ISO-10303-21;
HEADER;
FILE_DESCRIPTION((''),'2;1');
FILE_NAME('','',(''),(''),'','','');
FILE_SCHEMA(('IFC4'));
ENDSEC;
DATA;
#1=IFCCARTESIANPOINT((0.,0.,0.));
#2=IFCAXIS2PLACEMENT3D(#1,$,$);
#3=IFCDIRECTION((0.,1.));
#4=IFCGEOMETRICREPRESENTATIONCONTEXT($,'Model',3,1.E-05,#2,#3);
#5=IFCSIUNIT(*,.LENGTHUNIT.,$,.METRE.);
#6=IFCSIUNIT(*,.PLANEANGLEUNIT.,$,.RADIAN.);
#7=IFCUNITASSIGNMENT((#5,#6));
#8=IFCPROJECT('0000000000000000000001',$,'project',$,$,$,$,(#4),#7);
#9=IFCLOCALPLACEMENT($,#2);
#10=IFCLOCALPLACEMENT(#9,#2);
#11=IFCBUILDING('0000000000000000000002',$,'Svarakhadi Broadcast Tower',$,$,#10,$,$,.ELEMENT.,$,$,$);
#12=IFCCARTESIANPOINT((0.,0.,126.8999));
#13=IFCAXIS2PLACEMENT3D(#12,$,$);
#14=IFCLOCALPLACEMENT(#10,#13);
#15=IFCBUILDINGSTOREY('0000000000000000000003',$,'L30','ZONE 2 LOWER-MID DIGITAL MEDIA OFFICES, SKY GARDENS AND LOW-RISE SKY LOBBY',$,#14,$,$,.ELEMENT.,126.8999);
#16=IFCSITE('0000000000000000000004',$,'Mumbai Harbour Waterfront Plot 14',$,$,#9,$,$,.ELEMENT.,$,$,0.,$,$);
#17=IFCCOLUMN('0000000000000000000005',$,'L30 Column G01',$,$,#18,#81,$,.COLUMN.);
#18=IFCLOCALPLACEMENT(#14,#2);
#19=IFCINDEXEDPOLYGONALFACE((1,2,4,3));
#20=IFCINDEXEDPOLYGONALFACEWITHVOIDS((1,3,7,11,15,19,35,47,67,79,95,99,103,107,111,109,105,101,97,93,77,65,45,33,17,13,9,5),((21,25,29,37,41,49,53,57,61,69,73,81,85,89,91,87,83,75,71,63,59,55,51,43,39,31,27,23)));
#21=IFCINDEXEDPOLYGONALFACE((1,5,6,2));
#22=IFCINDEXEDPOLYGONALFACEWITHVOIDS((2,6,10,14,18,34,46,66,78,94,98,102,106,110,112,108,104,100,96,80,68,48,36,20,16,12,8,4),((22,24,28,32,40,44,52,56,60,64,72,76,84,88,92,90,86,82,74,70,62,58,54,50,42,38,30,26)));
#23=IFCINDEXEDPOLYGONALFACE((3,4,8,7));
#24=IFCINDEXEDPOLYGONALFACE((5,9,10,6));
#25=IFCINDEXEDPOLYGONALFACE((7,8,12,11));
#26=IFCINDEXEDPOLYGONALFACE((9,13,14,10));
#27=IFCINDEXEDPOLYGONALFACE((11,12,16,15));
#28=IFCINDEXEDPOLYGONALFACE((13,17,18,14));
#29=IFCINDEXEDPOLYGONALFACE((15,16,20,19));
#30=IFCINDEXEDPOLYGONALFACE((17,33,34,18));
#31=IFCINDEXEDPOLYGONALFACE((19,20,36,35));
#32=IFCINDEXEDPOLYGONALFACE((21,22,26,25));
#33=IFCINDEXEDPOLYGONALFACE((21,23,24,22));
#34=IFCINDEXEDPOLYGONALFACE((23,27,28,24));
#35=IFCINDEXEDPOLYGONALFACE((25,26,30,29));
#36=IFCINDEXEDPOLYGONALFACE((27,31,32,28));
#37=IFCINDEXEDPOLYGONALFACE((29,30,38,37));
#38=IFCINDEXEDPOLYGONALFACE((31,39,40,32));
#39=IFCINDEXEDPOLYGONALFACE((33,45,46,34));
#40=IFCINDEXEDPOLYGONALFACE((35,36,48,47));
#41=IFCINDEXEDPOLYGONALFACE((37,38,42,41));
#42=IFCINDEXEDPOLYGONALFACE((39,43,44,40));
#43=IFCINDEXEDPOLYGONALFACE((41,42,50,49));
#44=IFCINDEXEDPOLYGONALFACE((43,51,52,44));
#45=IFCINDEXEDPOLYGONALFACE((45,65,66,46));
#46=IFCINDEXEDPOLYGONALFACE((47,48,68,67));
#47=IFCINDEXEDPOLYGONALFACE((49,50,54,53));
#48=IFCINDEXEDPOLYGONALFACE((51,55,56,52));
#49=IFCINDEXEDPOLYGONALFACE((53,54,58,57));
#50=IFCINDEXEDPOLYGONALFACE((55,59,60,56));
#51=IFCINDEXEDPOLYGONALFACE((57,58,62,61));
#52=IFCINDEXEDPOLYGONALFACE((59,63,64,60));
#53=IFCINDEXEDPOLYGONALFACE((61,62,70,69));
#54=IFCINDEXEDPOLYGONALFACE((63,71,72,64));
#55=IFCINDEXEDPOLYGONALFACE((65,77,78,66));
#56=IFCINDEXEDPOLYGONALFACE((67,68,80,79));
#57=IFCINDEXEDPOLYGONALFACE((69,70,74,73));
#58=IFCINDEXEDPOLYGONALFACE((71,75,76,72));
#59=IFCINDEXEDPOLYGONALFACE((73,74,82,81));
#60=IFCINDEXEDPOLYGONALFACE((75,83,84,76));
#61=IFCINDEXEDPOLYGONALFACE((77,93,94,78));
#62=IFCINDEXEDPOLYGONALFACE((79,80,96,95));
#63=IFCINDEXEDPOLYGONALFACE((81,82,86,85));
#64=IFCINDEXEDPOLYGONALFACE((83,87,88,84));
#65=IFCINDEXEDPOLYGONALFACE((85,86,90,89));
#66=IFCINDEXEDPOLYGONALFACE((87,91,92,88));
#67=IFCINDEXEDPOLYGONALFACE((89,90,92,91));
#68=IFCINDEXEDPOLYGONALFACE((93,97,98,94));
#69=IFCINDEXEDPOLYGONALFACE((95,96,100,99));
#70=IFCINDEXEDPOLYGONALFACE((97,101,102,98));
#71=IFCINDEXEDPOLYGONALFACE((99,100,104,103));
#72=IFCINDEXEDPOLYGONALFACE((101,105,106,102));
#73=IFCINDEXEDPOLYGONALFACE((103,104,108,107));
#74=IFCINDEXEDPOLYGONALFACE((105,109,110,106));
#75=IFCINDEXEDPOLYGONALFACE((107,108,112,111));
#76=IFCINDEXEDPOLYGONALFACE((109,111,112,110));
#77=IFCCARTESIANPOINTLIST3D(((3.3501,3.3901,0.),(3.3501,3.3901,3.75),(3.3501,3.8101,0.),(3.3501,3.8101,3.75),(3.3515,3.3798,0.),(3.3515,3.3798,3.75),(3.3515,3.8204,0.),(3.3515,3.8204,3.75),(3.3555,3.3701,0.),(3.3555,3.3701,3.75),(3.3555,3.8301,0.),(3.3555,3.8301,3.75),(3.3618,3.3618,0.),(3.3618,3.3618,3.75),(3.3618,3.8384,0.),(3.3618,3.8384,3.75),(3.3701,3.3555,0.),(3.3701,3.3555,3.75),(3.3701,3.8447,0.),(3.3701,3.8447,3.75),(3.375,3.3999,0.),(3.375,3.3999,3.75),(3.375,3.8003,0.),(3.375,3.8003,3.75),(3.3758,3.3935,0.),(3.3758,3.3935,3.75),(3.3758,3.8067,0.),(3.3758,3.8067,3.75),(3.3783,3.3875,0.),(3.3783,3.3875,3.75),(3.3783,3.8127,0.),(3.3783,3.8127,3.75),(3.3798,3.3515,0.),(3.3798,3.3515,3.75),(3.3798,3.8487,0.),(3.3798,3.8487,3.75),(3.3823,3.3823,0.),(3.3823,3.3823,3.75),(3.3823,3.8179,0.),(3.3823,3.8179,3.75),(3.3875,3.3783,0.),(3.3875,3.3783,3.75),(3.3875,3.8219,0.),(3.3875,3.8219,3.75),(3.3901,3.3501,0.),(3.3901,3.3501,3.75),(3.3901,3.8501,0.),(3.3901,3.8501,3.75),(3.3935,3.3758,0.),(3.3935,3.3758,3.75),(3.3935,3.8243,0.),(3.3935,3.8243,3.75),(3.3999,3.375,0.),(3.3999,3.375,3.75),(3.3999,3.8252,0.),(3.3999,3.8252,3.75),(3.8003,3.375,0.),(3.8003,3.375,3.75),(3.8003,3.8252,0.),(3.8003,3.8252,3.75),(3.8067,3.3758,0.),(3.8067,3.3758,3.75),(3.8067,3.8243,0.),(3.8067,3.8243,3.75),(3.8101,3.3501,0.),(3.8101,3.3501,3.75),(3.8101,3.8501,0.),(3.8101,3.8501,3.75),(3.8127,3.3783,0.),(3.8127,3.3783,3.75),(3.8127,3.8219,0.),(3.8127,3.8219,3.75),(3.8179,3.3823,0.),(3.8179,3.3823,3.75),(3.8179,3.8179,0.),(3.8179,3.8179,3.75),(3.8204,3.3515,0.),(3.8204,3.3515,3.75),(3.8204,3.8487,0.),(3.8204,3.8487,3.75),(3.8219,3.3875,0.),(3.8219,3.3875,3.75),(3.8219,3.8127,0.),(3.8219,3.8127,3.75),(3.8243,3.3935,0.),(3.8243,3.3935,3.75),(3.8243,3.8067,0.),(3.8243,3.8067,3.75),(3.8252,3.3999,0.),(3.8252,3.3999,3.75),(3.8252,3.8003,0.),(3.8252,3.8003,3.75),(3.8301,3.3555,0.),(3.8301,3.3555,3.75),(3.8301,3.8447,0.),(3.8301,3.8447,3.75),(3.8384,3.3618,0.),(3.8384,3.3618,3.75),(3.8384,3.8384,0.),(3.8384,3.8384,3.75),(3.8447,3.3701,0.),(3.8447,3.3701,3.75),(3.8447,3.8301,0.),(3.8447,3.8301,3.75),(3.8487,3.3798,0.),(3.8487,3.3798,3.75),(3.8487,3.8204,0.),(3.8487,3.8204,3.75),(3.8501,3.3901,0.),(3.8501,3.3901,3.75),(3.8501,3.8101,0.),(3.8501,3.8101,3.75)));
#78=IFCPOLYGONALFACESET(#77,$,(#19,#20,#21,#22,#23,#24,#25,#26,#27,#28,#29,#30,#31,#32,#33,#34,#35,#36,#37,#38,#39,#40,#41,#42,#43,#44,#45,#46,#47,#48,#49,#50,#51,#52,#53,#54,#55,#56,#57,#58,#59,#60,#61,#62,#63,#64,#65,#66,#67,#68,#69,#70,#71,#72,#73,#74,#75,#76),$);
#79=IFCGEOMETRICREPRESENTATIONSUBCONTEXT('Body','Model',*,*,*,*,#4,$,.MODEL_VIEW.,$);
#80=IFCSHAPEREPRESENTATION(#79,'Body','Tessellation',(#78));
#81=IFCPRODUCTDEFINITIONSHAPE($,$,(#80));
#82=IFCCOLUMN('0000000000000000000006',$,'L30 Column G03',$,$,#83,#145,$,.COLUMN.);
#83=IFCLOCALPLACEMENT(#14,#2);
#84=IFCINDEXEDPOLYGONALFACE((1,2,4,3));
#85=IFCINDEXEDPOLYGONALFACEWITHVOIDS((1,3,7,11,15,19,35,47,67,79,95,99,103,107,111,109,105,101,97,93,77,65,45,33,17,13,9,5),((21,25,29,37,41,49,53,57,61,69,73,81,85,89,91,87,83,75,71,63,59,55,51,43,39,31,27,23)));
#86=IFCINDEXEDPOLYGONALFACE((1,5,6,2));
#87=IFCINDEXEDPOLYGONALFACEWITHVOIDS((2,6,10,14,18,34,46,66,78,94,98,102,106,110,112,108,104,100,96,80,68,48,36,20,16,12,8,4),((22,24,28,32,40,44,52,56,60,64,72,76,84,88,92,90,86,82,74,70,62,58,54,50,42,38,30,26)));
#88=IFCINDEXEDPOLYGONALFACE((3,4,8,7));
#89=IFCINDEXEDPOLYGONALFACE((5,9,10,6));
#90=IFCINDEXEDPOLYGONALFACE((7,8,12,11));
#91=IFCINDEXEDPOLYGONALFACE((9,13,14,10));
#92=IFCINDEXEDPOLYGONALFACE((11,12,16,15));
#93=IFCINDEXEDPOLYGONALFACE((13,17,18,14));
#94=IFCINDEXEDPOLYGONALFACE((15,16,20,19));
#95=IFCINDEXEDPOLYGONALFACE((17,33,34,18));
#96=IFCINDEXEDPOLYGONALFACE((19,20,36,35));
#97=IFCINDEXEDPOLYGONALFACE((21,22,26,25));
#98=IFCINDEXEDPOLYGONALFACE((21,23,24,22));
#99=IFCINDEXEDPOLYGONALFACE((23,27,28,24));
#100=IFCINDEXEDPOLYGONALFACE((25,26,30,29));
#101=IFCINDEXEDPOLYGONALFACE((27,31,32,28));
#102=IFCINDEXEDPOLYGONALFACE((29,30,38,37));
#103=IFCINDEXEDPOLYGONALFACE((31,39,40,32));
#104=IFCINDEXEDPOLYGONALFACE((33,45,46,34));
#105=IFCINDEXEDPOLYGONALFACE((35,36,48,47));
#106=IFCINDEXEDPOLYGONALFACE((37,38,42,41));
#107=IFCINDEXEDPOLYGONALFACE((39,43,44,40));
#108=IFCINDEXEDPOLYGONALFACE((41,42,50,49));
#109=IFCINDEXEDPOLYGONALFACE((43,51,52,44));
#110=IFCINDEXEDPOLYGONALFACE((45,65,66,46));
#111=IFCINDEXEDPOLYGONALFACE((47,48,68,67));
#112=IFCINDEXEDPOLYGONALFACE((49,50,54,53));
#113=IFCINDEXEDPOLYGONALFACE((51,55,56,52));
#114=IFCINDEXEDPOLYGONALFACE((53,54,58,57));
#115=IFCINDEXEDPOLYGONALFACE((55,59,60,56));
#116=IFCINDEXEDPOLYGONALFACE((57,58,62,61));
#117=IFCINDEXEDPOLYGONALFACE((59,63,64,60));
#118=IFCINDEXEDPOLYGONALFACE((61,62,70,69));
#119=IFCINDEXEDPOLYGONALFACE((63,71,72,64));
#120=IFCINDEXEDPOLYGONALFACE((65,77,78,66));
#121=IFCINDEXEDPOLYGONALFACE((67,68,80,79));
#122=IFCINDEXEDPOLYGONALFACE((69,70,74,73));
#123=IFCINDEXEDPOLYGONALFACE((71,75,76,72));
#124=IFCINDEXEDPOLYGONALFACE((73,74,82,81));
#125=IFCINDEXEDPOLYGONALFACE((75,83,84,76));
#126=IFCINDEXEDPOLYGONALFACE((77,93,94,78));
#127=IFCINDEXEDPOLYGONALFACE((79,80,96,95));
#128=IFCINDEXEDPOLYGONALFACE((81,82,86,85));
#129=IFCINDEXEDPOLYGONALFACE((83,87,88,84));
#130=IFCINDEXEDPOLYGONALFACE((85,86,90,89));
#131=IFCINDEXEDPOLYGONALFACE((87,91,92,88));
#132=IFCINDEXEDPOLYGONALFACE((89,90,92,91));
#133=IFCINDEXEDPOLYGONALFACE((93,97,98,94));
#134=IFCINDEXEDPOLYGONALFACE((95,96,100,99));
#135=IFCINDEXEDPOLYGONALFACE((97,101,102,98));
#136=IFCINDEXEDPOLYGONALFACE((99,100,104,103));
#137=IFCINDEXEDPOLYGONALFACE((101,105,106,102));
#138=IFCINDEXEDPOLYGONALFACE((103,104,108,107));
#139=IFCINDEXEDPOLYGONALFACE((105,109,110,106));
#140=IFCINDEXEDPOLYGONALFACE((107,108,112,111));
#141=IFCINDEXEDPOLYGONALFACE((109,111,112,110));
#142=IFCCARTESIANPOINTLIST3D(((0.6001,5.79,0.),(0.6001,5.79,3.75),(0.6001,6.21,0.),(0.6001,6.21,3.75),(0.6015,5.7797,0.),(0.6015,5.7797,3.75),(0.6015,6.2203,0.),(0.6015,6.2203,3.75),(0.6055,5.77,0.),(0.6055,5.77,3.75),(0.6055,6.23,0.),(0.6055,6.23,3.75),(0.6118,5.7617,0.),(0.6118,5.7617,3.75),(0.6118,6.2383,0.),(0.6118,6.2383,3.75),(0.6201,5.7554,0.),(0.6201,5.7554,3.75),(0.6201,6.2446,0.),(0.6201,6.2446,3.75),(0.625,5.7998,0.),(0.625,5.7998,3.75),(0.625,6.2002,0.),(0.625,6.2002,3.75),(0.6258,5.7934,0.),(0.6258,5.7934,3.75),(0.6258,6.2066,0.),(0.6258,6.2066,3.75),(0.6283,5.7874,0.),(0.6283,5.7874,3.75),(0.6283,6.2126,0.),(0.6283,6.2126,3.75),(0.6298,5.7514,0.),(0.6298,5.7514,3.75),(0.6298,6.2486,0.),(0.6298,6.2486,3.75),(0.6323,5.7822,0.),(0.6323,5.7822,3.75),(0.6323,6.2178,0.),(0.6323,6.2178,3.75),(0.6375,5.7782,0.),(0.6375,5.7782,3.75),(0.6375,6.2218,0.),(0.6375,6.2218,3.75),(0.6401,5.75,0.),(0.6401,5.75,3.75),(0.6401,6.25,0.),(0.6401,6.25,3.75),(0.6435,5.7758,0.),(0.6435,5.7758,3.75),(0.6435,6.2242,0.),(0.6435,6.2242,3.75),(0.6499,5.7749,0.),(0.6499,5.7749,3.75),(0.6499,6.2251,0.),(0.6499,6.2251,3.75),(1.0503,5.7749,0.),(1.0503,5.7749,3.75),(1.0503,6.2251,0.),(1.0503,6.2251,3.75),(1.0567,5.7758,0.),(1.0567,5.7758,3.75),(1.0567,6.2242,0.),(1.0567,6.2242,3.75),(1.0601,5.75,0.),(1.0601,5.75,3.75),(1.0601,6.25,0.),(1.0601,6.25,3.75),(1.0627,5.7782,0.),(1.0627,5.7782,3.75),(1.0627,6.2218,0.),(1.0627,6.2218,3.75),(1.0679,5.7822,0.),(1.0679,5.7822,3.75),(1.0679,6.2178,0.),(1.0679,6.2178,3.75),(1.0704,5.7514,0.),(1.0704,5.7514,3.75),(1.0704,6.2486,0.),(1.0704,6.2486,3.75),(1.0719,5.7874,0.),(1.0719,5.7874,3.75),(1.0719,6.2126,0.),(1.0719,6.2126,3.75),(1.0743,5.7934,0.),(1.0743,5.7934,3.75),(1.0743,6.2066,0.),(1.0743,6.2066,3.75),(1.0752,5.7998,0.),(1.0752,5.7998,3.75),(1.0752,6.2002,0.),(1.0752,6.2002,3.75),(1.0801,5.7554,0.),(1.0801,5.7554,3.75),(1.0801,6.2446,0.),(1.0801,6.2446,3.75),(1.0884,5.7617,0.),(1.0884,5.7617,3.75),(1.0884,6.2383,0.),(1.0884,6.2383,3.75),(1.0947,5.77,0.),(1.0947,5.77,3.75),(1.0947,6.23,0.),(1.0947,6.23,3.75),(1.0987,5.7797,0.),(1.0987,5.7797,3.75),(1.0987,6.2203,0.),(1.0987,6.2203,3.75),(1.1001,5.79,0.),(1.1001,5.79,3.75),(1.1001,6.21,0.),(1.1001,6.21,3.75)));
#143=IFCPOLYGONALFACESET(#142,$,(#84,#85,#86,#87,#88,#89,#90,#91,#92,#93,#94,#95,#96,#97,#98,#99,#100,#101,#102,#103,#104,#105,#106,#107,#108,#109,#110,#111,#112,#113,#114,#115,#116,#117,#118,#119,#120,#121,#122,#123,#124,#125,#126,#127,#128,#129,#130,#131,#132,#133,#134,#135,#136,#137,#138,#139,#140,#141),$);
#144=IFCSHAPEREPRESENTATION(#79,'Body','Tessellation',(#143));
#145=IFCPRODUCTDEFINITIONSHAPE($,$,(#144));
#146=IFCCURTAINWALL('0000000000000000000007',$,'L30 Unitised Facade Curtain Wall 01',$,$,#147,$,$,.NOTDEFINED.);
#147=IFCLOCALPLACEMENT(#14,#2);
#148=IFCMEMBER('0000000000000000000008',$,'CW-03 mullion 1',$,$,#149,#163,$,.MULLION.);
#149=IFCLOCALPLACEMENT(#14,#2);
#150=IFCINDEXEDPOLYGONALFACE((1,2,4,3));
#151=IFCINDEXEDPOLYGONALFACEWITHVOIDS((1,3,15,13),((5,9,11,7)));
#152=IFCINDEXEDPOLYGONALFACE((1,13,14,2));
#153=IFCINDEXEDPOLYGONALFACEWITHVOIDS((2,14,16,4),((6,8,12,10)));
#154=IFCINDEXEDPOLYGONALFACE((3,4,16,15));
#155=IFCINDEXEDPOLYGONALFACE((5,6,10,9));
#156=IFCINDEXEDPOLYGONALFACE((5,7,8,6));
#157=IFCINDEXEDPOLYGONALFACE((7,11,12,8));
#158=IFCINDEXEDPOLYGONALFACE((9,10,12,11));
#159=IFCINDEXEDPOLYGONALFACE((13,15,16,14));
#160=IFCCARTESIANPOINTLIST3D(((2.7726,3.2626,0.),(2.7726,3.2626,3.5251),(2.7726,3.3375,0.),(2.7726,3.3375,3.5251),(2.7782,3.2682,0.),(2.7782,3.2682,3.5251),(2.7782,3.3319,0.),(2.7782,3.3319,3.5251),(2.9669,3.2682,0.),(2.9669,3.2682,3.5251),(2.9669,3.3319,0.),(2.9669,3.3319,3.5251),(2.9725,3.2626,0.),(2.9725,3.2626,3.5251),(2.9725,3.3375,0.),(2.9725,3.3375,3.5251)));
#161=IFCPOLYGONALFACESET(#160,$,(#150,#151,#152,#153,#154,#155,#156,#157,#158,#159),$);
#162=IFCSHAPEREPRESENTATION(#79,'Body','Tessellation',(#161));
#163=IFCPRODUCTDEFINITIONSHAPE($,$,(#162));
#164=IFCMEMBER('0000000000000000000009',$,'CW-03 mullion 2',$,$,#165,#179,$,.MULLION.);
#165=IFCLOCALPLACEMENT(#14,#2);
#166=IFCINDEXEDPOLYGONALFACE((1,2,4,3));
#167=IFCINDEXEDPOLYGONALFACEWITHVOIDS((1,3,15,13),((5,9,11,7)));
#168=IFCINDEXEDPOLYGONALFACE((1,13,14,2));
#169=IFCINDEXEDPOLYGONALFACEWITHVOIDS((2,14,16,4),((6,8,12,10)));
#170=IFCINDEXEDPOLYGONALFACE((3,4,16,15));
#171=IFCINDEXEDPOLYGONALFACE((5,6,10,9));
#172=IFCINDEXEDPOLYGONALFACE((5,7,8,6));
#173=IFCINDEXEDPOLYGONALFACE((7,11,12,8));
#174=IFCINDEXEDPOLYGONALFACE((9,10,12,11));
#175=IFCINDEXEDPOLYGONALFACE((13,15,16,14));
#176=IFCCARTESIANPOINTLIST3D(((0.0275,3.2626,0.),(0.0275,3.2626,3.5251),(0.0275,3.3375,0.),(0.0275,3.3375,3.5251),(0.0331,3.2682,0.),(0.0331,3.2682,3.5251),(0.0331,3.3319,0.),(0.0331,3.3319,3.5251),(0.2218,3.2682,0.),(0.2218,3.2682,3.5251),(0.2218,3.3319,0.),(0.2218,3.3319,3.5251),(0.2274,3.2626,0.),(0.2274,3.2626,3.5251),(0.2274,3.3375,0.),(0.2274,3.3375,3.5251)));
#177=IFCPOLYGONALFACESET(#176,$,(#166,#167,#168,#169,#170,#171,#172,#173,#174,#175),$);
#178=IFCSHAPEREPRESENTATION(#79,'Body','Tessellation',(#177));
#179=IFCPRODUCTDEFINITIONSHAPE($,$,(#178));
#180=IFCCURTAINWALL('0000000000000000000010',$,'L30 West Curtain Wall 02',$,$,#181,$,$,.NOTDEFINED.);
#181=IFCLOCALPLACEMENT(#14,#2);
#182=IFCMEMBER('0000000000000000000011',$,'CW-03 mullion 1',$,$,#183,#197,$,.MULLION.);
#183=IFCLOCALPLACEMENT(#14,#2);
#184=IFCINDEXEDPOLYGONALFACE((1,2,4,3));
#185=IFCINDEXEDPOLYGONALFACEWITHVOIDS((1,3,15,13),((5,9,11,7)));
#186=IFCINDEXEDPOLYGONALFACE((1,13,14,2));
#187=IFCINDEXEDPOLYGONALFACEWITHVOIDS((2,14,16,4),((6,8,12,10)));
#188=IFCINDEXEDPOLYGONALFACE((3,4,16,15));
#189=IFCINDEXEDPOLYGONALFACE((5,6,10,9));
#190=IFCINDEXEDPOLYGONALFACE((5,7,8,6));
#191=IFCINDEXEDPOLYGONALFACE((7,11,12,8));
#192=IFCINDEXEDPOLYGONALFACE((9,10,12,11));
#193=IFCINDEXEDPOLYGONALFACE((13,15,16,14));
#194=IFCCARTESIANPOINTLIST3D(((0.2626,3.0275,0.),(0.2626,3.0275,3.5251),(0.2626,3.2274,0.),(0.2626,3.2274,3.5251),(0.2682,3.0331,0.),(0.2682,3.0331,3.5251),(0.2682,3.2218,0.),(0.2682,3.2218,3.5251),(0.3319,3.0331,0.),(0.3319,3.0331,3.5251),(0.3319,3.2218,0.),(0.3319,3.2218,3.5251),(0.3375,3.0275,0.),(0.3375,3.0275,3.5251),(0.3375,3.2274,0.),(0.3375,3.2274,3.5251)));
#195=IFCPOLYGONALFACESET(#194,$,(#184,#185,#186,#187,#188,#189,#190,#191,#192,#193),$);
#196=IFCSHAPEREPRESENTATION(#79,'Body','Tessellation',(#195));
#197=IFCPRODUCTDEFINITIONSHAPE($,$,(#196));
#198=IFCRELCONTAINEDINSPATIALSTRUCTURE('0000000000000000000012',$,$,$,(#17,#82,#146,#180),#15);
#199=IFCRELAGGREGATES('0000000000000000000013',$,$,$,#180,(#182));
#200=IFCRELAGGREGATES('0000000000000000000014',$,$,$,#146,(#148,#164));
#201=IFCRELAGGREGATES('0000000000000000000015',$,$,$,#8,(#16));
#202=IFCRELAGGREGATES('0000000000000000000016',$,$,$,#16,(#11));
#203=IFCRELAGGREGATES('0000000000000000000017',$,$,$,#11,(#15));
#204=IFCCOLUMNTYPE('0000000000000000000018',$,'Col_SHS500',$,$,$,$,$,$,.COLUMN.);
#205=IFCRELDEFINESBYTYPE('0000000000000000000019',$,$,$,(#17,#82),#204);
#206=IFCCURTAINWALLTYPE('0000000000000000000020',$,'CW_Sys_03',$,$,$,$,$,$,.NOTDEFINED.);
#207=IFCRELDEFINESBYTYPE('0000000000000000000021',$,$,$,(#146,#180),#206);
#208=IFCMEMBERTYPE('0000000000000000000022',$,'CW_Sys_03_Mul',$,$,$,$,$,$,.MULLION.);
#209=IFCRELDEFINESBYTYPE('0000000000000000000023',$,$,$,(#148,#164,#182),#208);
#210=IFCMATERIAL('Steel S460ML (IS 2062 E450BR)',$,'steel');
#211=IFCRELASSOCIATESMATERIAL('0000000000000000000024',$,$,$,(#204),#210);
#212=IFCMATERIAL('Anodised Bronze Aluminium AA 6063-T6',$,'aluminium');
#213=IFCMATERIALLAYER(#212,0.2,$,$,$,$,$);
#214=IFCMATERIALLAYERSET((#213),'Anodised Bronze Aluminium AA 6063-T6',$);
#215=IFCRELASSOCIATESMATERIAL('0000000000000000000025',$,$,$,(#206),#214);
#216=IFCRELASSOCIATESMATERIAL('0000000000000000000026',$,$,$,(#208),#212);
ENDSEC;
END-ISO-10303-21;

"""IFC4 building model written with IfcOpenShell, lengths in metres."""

from ifc_helpers import new_model, si_unit, direction, frame, origin, origin_2d, place, context, subcontext, project, spatial, hollow_rectangle, extrude, material, layer, layer_set, material_profile, profile_set, type_object, element, aggregate, save


model = new_model("IFC4")

# Units and contexts
model_context = context("Model", 3, precision=1e-05, world=origin(), true_north=direction((0.0, 1.0)))
body_context = subcontext(model_context, "Body", "Model", "MODEL_VIEW")
ifc_project = project(units=[si_unit("LENGTHUNIT", "METRE"), si_unit("PLANEANGLEUNIT", "RADIAN")], contexts=[model_context])

# Site, building, storey
site_placement = place(None, origin())
site = spatial("IfcSite", under=ifc_project, at=site_placement, Name="Mumbai Harbour Waterfront Plot 14", CompositionType="ELEMENT", RefElevation=0.0)
building_placement = place(site_placement, origin())
building = spatial("IfcBuilding", under=site, at=building_placement, Name="Svarakhadi Broadcast Tower", CompositionType="ELEMENT")
storey_placement = place(building_placement, frame((0.0, 0.0, 126.8999)))
storey = spatial("IfcBuildingStorey", under=building, at=storey_placement, Name="L30", Description="ZONE 2 LOWER-MID DIGITAL MEDIA OFFICES, SKY GARDENS AND LOW-RISE SKY LOBBY", CompositionType="ELEMENT", Elevation=126.8999)

# Columns
ifc_material_1 = material(Name="Steel S460ML (IS 2062 E450BR)", Category="steel")
ifc_material_profile_1 = material_profile(ifc_material_1, hollow_rectangle(XDim=0.5, YDim=0.5, WallThickness=0.0249, InnerFilletRadius=0.0249, OuterFilletRadius=0.04, at=origin_2d()), Name="SHS 500x500x25")
ifc_profile_set_1 = profile_set([ifc_material_profile_1], Name="Steel S460ML (IS 2062 E450BR)")
column_type = type_object("IfcColumnType", Name="Col_SHS500", PredefinedType="COLUMN", material=ifc_profile_set_1)
for number, where, z_axis, x_axis, name in (
    (1, (3.6001, 3.6001, 0.0), (0.0, 0.0, 1.0), (1.0, 0.0, 0.0), "L30 Column G01"),
    (2, (0.8501, 6.0, 0.0), (0.0, 0.0, 1.0), (1.0, 0.0, 0.0), "L30 Column G03"),
):
    element("IfcColumn", number, at=place(storey_placement, frame(where, z_axis=z_axis, x_axis=x_axis)), inside=storey, type_object=column_type, Name=name, PredefinedType="COLUMN", context=body_context, shape_type="SweptSolid", body=[
        extrude(hollow_rectangle(XDim=0.5, YDim=0.5, WallThickness=0.0249, InnerFilletRadius=0.0249, OuterFilletRadius=0.04, at=origin_2d()), origin(), (0.0, 0.0, 1.0), 3.75),
    ])

# Curtain wall, members
ifc_material_2 = material(Name="Anodised Bronze Aluminium AA 6063-T6", Category="aluminium")
ifc_layer_1 = layer(ifc_material_2, 0.2)
ifc_layer_set_1 = layer_set([ifc_layer_1], Name="Anodised Bronze Aluminium AA 6063-T6")
curtain_wall_type = type_object("IfcCurtainWallType", Name="CW_Sys_03", PredefinedType="NOTDEFINED", material=ifc_layer_set_1)
curtain_wall_1_placement = place(storey_placement, origin())
curtain_wall_1 = element("IfcCurtainWall", 3, at=curtain_wall_1_placement, inside=storey, type_object=curtain_wall_type, Name="L30 Unitised Facade Curtain Wall 01", PredefinedType="NOTDEFINED")
ifc_material_profile_2 = material_profile(ifc_material_2, hollow_rectangle(XDim=0.075, YDim=0.2, WallThickness=0.0056, at=origin_2d()), Name="ALU MULLION 200x75x6")
ifc_profile_set_2 = profile_set([ifc_material_profile_2], Name="Anodised Bronze Aluminium AA 6063-T6")
member_type_1 = type_object("IfcMemberType", Name="CW_Sys_03_Mul", PredefinedType="MULLION", material=ifc_profile_set_2)
member_1_placement = place(storey_placement, frame((2.8726, 3.3, 0.0), z_axis=(0.0, 0.0, 1.0), x_axis=(0.0, -1.0, 0.0)))
member_1 = element("IfcMember", 4, at=member_1_placement, type_object=member_type_1, Name="CW-03 mullion 1", PredefinedType="MULLION", context=body_context, shape_type="SweptSolid", body=[
    extrude(hollow_rectangle(XDim=0.075, YDim=0.2, WallThickness=0.0056, at=origin_2d()), origin(), (0.0, 0.0, 1.0), 3.5251),
])
member_2_placement = place(storey_placement, frame((0.1274, 3.3, 0.0), z_axis=(0.0, 0.0, 1.0), x_axis=(0.0, -1.0, 0.0)))
member_2 = element("IfcMember", 5, at=member_2_placement, type_object=member_type_1, Name="CW-03 mullion 2", PredefinedType="MULLION", context=body_context, shape_type="SweptSolid", body=[
    extrude(hollow_rectangle(XDim=0.075, YDim=0.2, WallThickness=0.0056, at=origin_2d()), origin(), (0.0, 0.0, 1.0), 3.5251),
])

# Curtain wall, member
curtain_wall_2_placement = place(storey_placement, origin())
curtain_wall_2 = element("IfcCurtainWall", 6, at=curtain_wall_2_placement, inside=storey, type_object=curtain_wall_type, Name="L30 West Curtain Wall 02", PredefinedType="NOTDEFINED")
member_3_placement = place(storey_placement, frame((0.3, 3.1274, 0.0), z_axis=(0.0, 0.0, 1.0), x_axis=(-1.0, 0.0, 0.0)))
member_3 = element("IfcMember", 7, at=member_3_placement, type_object=member_type_1, Name="CW-03 mullion 1", PredefinedType="MULLION", context=body_context, shape_type="SweptSolid", body=[
    extrude(hollow_rectangle(XDim=0.075, YDim=0.2, WallThickness=0.0056, at=origin_2d()), origin(), (0.0, 0.0, 1.0), 3.5251),
])

aggregate(curtain_wall_2, [member_3])

aggregate(curtain_wall_1, [member_1, member_2])

save(model, "model.ifc")
